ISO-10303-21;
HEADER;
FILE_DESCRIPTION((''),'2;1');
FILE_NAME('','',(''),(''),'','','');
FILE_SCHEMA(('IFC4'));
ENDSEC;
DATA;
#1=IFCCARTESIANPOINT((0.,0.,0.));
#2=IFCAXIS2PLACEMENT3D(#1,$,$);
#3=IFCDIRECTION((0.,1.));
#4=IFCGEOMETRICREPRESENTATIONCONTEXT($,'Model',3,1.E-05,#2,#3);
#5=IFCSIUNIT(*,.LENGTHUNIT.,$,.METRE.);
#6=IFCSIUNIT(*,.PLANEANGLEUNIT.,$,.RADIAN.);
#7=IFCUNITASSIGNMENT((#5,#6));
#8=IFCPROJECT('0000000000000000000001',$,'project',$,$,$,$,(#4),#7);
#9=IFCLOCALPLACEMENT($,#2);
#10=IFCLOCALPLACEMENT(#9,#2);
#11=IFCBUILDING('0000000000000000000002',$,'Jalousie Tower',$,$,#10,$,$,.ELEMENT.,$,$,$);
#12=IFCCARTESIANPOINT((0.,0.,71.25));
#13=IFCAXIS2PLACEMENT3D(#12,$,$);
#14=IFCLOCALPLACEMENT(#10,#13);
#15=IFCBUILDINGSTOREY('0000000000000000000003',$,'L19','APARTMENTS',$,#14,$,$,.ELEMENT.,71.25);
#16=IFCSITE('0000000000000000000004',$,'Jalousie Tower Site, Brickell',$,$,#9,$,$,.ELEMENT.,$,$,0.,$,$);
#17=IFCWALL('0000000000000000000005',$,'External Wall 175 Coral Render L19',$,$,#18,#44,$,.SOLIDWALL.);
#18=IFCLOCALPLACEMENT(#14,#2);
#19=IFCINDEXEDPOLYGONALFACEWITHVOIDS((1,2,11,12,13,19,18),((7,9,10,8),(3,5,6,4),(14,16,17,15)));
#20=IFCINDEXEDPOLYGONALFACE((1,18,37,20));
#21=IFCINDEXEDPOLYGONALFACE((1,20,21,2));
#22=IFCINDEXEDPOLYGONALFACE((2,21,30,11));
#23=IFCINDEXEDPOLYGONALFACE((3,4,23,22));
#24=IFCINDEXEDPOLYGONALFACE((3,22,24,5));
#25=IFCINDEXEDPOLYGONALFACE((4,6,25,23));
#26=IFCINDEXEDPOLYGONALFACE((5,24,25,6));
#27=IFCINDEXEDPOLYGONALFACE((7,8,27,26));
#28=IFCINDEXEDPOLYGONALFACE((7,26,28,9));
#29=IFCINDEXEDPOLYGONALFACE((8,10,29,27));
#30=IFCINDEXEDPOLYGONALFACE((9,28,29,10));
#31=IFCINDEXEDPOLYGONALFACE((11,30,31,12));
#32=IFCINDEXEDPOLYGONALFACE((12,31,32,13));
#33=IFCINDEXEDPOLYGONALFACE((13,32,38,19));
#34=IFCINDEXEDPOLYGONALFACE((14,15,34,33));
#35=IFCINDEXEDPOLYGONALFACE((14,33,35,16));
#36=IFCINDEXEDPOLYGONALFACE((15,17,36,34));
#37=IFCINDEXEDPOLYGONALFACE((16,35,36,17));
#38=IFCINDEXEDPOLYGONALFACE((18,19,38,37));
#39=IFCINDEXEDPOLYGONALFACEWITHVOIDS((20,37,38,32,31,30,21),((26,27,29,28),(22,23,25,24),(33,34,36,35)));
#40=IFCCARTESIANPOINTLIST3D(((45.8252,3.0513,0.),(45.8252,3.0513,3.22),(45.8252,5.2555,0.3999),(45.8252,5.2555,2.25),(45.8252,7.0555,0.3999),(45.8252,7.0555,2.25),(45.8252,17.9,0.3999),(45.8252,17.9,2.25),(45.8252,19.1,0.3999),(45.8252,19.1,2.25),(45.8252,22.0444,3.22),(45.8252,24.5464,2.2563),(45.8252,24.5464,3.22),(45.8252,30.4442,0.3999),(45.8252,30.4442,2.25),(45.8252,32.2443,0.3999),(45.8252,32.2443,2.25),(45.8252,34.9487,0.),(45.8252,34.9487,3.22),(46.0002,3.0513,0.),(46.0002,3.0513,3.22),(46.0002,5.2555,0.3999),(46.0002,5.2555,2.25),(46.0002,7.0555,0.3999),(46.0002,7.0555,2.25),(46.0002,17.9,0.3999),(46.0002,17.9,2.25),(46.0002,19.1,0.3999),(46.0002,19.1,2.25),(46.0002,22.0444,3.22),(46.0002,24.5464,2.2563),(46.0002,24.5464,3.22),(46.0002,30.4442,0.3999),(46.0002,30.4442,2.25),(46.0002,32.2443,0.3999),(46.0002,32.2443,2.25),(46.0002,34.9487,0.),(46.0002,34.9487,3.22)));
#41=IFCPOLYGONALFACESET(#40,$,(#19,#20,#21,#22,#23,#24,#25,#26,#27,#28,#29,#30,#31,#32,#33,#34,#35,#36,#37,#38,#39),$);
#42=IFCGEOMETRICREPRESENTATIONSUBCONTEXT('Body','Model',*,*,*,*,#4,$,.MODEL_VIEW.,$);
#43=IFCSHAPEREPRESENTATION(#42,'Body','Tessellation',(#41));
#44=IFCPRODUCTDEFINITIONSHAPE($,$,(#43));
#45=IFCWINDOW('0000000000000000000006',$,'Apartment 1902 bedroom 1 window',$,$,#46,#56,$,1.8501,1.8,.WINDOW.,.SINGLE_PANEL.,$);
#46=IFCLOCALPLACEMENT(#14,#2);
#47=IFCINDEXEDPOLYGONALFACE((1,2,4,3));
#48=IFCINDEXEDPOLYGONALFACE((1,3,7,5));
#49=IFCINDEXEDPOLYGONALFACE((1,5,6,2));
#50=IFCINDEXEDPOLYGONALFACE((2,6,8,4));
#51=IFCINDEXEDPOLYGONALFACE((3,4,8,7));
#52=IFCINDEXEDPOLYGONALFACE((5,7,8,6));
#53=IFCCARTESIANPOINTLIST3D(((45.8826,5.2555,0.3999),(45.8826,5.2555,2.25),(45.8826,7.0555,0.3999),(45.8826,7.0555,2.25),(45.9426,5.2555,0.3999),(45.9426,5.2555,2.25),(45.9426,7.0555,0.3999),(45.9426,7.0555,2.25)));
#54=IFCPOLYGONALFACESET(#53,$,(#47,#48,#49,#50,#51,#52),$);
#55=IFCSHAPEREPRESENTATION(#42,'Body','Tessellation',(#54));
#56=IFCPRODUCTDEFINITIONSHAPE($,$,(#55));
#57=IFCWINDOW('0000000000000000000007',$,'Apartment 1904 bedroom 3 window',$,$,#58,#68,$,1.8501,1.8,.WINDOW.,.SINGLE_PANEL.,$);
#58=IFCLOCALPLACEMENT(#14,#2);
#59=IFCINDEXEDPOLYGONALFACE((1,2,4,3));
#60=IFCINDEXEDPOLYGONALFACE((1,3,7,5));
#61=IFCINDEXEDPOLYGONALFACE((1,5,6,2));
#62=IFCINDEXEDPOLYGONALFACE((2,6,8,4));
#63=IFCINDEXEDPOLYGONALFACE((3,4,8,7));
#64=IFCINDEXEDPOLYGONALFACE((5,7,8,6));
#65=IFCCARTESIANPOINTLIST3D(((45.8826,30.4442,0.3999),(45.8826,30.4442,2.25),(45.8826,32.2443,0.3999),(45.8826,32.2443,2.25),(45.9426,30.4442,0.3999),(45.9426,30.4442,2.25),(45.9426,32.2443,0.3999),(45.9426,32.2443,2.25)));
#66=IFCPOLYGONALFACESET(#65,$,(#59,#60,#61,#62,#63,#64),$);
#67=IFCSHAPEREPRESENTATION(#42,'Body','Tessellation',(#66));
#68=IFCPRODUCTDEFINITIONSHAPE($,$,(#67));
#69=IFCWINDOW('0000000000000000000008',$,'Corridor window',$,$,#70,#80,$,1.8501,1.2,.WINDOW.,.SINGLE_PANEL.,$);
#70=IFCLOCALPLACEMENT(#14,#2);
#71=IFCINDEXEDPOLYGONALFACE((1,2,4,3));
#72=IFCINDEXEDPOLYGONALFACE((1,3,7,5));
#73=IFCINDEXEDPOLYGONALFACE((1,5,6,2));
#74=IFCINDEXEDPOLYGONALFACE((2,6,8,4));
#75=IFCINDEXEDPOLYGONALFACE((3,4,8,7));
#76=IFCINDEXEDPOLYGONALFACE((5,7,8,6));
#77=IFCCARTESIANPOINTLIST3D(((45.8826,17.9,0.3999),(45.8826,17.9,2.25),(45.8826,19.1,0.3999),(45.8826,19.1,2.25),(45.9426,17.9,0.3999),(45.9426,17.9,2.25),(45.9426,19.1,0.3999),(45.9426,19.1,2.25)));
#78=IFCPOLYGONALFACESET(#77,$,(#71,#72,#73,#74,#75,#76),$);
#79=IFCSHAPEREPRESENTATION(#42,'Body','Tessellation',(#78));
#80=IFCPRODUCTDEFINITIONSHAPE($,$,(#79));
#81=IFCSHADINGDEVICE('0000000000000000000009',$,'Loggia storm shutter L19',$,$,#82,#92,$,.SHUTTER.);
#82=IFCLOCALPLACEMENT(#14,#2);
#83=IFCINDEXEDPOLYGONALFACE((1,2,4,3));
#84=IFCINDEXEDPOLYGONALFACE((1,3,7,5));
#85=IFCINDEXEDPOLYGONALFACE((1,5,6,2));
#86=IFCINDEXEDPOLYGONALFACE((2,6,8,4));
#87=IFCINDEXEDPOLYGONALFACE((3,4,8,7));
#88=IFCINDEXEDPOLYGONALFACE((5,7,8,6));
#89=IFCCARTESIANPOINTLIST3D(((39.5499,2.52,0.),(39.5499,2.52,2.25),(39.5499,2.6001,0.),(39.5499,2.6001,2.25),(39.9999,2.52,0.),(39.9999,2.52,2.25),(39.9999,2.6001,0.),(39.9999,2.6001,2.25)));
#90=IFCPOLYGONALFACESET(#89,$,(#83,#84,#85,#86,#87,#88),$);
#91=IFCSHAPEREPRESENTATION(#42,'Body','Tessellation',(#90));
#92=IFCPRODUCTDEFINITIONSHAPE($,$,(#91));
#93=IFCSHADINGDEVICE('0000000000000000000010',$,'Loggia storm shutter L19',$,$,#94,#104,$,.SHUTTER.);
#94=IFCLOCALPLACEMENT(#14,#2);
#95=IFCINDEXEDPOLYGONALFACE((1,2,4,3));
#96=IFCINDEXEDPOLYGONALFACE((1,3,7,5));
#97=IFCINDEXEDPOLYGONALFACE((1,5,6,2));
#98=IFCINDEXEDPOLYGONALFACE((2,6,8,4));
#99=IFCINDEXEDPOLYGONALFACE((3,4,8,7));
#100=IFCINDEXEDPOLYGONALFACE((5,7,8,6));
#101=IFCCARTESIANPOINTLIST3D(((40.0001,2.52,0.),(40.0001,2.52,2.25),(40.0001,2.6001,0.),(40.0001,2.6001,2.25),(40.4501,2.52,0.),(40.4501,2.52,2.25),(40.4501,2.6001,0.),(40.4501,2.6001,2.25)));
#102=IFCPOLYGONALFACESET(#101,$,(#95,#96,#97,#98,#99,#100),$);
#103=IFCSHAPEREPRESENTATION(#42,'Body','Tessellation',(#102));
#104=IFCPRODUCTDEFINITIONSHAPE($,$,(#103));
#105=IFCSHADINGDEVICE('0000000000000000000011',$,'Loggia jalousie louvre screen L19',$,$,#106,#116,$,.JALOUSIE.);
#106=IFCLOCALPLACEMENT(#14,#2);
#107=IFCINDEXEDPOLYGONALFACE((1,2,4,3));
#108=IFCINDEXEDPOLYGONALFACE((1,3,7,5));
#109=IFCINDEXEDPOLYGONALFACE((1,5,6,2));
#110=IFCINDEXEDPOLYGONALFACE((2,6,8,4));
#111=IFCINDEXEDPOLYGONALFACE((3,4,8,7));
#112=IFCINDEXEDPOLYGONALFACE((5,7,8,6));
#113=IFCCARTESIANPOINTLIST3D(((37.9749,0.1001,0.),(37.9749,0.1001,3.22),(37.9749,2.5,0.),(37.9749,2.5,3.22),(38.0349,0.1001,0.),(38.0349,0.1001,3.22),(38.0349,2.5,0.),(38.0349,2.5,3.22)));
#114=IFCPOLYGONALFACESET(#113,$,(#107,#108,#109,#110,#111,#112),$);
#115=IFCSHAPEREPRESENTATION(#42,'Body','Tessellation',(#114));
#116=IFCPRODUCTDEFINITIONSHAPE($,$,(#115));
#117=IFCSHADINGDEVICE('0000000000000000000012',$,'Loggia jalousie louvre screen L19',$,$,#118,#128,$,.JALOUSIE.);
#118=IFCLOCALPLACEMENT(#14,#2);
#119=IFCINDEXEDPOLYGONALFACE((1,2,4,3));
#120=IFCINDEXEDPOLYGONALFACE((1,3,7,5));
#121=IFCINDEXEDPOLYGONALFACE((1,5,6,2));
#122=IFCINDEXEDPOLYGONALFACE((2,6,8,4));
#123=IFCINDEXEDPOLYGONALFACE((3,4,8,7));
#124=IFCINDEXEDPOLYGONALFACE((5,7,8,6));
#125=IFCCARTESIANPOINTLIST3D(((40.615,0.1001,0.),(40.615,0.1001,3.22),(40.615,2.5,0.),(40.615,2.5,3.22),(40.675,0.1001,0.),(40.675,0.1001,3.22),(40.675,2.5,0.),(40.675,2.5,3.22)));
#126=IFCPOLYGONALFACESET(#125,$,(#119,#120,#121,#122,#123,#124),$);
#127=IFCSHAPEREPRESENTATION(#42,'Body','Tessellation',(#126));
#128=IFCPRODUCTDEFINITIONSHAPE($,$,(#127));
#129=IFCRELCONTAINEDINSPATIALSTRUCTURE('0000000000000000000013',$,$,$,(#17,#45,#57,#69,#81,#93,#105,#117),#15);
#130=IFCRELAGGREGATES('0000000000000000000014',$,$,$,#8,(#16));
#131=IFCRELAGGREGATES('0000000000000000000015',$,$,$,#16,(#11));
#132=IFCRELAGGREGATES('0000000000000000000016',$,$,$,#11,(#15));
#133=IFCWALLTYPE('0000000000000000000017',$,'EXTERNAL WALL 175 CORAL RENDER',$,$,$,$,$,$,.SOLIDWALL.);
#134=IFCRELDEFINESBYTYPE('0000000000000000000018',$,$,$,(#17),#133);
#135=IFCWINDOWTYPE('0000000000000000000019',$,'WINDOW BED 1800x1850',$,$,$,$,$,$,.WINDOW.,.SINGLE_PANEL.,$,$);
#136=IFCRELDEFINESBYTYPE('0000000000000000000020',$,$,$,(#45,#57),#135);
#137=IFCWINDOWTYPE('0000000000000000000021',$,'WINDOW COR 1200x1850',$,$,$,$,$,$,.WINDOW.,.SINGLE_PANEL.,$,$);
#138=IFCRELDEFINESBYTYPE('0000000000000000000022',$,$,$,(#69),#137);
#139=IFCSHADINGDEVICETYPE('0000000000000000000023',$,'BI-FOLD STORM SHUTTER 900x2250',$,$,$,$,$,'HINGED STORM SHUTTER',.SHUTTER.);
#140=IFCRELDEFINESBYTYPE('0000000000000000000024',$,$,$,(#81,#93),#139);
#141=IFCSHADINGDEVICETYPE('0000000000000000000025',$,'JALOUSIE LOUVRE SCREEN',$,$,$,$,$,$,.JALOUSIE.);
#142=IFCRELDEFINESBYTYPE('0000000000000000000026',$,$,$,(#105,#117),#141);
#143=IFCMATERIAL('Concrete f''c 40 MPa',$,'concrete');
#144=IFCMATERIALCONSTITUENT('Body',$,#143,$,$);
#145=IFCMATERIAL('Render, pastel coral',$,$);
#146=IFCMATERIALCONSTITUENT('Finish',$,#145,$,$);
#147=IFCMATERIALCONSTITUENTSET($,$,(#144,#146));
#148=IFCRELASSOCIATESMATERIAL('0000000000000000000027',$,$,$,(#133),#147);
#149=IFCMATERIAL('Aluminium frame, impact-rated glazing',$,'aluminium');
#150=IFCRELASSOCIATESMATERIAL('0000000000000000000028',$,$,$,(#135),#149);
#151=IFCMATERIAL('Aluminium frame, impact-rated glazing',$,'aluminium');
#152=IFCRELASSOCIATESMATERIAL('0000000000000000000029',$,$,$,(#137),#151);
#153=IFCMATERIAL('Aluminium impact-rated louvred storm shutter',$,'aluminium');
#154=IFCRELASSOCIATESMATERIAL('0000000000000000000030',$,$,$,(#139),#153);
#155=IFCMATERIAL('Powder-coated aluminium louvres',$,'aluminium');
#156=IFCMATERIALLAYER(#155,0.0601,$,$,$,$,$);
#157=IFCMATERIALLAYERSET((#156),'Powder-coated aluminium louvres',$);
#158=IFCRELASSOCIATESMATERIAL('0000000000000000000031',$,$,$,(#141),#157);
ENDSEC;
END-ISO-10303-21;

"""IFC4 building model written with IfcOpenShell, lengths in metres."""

from ifc_helpers import new_model, si_unit, direction, frame, frame_2d, origin, origin_2d, place, context, subcontext, project, spatial, polyline, rectangle, outline, extrude, material, layer, layer_set, constituent, constituent_set, type_object, element, fill, save


model = new_model("IFC4")

# Units and contexts
model_context = context("Model", 3, precision=1e-05, world=origin(), true_north=direction((0.0, 1.0)))
body_context = subcontext(model_context, "Body", "Model", "MODEL_VIEW")
ifc_project = project(units=[si_unit("LENGTHUNIT", "METRE"), si_unit("PLANEANGLEUNIT", "RADIAN")], contexts=[model_context])

# Site, building, storey
site_placement = place(None, origin())
site = spatial("IfcSite", under=ifc_project, at=site_placement, Name="Jalousie Tower Site, Brickell", CompositionType="ELEMENT", RefElevation=0.0)
building_placement = place(site_placement, origin())
building = spatial("IfcBuilding", under=site, at=building_placement, Name="Jalousie Tower", CompositionType="ELEMENT")
storey_placement = place(building_placement, frame((0.0, 0.0, 71.25)))
storey = spatial("IfcBuildingStorey", under=building, at=storey_placement, Name="L19", Description="APARTMENTS", CompositionType="ELEMENT", Elevation=71.25)

# Shared definitions
ifc_material_1 = material(Name="Concrete f'c 40 MPa", Category="concrete")
ifc_constituent_1 = constituent(ifc_material_1, Name="Body")
ifc_material_2 = material(Name="Render, pastel coral")
ifc_constituent_2 = constituent(ifc_material_2, Name="Finish")
ifc_constituent_set = constituent_set(constituents=[ifc_constituent_1, ifc_constituent_2])
wall_type = type_object("IfcWallType", Name="EXTERNAL WALL 175 CORAL RENDER", PredefinedType="SOLIDWALL", material=ifc_constituent_set)

# Wall, openings, windows
wall_1_placement = place(storey_placement, frame((45.9126, 3.0513, 0.0), z_axis=(0.0, 0.0, 1.0), x_axis=(0.0, 1.0, 0.0)))
wall_1 = element("IfcWall", 1, at=wall_1_placement, inside=storey, type_object=wall_type, Name="External Wall 175 Coral Render L19", PredefinedType="SOLIDWALL", context=body_context, shape_type="SweptSolid", body=[
    extrude(outline(polyline([(0.0, 0.0), (31.8975, 0.0), (31.8975, 3.22), (21.4951, 3.22), (21.4951, 2.2563), (18.9932, 3.22), (0.0, 3.22), (0.0, 0.0)])), frame((0.0, 0.0874, 0.0), z_axis=(0.0, -1.0, 0.0), x_axis=(1.0, 0.0, 0.0)), (0.0, 0.0, 1.0), 0.175),
])
opening_1_placement = place(wall_1_placement, frame((2.2043, 0.0, 0.3999)))
opening_1 = element("IfcOpeningElement", 2, at=opening_1_placement, cuts=wall_1, PredefinedType="OPENING", context=body_context, shape_type="SweptSolid", body=[
    extrude(rectangle(XDim=1.8, YDim=1.8501, at=frame_2d((0.8999, 0.925))), frame((0.0, 0.0974, 0.0), z_axis=(0.0, -1.0, 0.0), x_axis=(1.0, 0.0, 0.0)), (0.0, 0.0, 1.0), 0.1951),
])
opening_2_placement = place(wall_1_placement, frame((14.8486, 0.0, 0.3999)))
opening_2 = element("IfcOpeningElement", 3, at=opening_2_placement, cuts=wall_1, PredefinedType="OPENING", context=body_context, shape_type="SweptSolid", body=[
    extrude(rectangle(XDim=1.2, YDim=1.8501, at=frame_2d((0.6001, 0.925))), frame((0.0, 0.0974, 0.0), z_axis=(0.0, -1.0, 0.0), x_axis=(1.0, 0.0, 0.0)), (0.0, 0.0, 1.0), 0.1951),
])
opening_3_placement = place(wall_1_placement, frame((27.3931, 0.0, 0.3999)))
opening_3 = element("IfcOpeningElement", 4, at=opening_3_placement, cuts=wall_1, PredefinedType="OPENING", context=body_context, shape_type="SweptSolid", body=[
    extrude(rectangle(XDim=1.8, YDim=1.8501, at=frame_2d((0.8999, 0.925))), frame((0.0, 0.0974, 0.0), z_axis=(0.0, -1.0, 0.0), x_axis=(1.0, 0.0, 0.0)), (0.0, 0.0, 1.0), 0.1951),
])
ifc_material_3 = material(Name="Aluminium frame, impact-rated glazing", Category="aluminium")
window_type_1 = type_object("IfcWindowType", Name="WINDOW BED 1800x1850", PartitioningType="SINGLE_PANEL", PredefinedType="WINDOW", material=ifc_material_3)
window_1_placement = place(opening_1_placement, origin())
window_1 = element("IfcWindow", 5, at=window_1_placement, inside=storey, type_object=window_type_1, Name="Apartment 1902 bedroom 1 window", OverallHeight=1.8501, OverallWidth=1.8, PartitioningType="SINGLE_PANEL", PredefinedType="WINDOW", context=body_context, shape_type="SweptSolid", body=[
    extrude(rectangle(XDim=1.8, YDim=1.8501, at=frame_2d((0.8999, 0.925))), frame((0.0, 0.03, 0.0), z_axis=(0.0, -1.0, 0.0), x_axis=(1.0, 0.0, 0.0)), (0.0, 0.0, 1.0), 0.0601),
])
fill(opening_1, window_1)
window_2_placement = place(opening_3_placement, origin())
window_2 = element("IfcWindow", 6, at=window_2_placement, inside=storey, type_object=window_type_1, Name="Apartment 1904 bedroom 3 window", OverallHeight=1.8501, OverallWidth=1.8, PartitioningType="SINGLE_PANEL", PredefinedType="WINDOW", context=body_context, shape_type="SweptSolid", body=[
    extrude(rectangle(XDim=1.8, YDim=1.8501, at=frame_2d((0.8999, 0.925))), frame((0.0, 0.03, 0.0), z_axis=(0.0, -1.0, 0.0), x_axis=(1.0, 0.0, 0.0)), (0.0, 0.0, 1.0), 0.0601),
])
fill(opening_3, window_2)
ifc_material_4 = material(Name="Aluminium frame, impact-rated glazing", Category="aluminium")
window_type_2 = type_object("IfcWindowType", Name="WINDOW COR 1200x1850", PartitioningType="SINGLE_PANEL", PredefinedType="WINDOW", material=ifc_material_4)
window_3_placement = place(opening_2_placement, origin())
window_3 = element("IfcWindow", 7, at=window_3_placement, inside=storey, type_object=window_type_2, Name="Corridor window", OverallHeight=1.8501, OverallWidth=1.2, PartitioningType="SINGLE_PANEL", PredefinedType="WINDOW", context=body_context, shape_type="SweptSolid", body=[
    extrude(rectangle(XDim=1.2, YDim=1.8501, at=frame_2d((0.6001, 0.925))), frame((0.0, 0.03, 0.0), z_axis=(0.0, -1.0, 0.0), x_axis=(1.0, 0.0, 0.0)), (0.0, 0.0, 1.0), 0.0601),
])
fill(opening_2, window_3)

# Shading devices
ifc_material_5 = material(Name="Aluminium impact-rated louvred storm shutter", Category="aluminium")
shading_device_type_1 = type_object("IfcShadingDeviceType", Name="BI-FOLD STORM SHUTTER 900x2250", ElementType="HINGED STORM SHUTTER", PredefinedType="SHUTTER", material=ifc_material_5)
for number, where, z_axis, x_axis, name in (
    (8, (39.7749, 2.5601, 0.0), (0.0, 0.0, 1.0), (1.0, 0.0, 0.0), "Loggia storm shutter L19"),
    (9, (40.2251, 2.5601, 0.0), (0.0, 0.0, 1.0), (1.0, 0.0, 0.0), "Loggia storm shutter L19"),
):
    element("IfcShadingDevice", number, at=place(storey_placement, frame(where, z_axis=z_axis, x_axis=x_axis)), inside=storey, type_object=shading_device_type_1, Name=name, PredefinedType="SHUTTER", context=body_context, shape_type="SweptSolid", body=[
        extrude(rectangle(XDim=0.45, YDim=0.0801, at=origin_2d()), origin(), (0.0, 0.0, 1.0), 2.25),
    ])
ifc_material_6 = material(Name="Powder-coated aluminium louvres", Category="aluminium")
ifc_layer_1 = layer(ifc_material_6, 0.0601)
ifc_layer_set_1 = layer_set([ifc_layer_1], Name="Powder-coated aluminium louvres")
shading_device_type_2 = type_object("IfcShadingDeviceType", Name="JALOUSIE LOUVRE SCREEN", PredefinedType="JALOUSIE", material=ifc_layer_set_1)
for number, where, z_axis, x_axis, name in (
    (10, (38.0049, 1.3, 0.0), (0.0, 0.0, 1.0), (1.0, 0.0, 0.0), "Loggia jalousie louvre screen L19"),
    (11, (40.645, 1.3, 0.0), (0.0, 0.0, 1.0), (1.0, 0.0, 0.0), "Loggia jalousie louvre screen L19"),
):
    element("IfcShadingDevice", number, at=place(storey_placement, frame(where, z_axis=z_axis, x_axis=x_axis)), inside=storey, type_object=shading_device_type_2, Name=name, PredefinedType="JALOUSIE", context=body_context, shape_type="SweptSolid", body=[
        extrude(rectangle(XDim=0.0601, YDim=2.3999, at=origin_2d()), origin(), (0.0, 0.0, 1.0), 3.22),
    ])

save(model, "model.ifc")
